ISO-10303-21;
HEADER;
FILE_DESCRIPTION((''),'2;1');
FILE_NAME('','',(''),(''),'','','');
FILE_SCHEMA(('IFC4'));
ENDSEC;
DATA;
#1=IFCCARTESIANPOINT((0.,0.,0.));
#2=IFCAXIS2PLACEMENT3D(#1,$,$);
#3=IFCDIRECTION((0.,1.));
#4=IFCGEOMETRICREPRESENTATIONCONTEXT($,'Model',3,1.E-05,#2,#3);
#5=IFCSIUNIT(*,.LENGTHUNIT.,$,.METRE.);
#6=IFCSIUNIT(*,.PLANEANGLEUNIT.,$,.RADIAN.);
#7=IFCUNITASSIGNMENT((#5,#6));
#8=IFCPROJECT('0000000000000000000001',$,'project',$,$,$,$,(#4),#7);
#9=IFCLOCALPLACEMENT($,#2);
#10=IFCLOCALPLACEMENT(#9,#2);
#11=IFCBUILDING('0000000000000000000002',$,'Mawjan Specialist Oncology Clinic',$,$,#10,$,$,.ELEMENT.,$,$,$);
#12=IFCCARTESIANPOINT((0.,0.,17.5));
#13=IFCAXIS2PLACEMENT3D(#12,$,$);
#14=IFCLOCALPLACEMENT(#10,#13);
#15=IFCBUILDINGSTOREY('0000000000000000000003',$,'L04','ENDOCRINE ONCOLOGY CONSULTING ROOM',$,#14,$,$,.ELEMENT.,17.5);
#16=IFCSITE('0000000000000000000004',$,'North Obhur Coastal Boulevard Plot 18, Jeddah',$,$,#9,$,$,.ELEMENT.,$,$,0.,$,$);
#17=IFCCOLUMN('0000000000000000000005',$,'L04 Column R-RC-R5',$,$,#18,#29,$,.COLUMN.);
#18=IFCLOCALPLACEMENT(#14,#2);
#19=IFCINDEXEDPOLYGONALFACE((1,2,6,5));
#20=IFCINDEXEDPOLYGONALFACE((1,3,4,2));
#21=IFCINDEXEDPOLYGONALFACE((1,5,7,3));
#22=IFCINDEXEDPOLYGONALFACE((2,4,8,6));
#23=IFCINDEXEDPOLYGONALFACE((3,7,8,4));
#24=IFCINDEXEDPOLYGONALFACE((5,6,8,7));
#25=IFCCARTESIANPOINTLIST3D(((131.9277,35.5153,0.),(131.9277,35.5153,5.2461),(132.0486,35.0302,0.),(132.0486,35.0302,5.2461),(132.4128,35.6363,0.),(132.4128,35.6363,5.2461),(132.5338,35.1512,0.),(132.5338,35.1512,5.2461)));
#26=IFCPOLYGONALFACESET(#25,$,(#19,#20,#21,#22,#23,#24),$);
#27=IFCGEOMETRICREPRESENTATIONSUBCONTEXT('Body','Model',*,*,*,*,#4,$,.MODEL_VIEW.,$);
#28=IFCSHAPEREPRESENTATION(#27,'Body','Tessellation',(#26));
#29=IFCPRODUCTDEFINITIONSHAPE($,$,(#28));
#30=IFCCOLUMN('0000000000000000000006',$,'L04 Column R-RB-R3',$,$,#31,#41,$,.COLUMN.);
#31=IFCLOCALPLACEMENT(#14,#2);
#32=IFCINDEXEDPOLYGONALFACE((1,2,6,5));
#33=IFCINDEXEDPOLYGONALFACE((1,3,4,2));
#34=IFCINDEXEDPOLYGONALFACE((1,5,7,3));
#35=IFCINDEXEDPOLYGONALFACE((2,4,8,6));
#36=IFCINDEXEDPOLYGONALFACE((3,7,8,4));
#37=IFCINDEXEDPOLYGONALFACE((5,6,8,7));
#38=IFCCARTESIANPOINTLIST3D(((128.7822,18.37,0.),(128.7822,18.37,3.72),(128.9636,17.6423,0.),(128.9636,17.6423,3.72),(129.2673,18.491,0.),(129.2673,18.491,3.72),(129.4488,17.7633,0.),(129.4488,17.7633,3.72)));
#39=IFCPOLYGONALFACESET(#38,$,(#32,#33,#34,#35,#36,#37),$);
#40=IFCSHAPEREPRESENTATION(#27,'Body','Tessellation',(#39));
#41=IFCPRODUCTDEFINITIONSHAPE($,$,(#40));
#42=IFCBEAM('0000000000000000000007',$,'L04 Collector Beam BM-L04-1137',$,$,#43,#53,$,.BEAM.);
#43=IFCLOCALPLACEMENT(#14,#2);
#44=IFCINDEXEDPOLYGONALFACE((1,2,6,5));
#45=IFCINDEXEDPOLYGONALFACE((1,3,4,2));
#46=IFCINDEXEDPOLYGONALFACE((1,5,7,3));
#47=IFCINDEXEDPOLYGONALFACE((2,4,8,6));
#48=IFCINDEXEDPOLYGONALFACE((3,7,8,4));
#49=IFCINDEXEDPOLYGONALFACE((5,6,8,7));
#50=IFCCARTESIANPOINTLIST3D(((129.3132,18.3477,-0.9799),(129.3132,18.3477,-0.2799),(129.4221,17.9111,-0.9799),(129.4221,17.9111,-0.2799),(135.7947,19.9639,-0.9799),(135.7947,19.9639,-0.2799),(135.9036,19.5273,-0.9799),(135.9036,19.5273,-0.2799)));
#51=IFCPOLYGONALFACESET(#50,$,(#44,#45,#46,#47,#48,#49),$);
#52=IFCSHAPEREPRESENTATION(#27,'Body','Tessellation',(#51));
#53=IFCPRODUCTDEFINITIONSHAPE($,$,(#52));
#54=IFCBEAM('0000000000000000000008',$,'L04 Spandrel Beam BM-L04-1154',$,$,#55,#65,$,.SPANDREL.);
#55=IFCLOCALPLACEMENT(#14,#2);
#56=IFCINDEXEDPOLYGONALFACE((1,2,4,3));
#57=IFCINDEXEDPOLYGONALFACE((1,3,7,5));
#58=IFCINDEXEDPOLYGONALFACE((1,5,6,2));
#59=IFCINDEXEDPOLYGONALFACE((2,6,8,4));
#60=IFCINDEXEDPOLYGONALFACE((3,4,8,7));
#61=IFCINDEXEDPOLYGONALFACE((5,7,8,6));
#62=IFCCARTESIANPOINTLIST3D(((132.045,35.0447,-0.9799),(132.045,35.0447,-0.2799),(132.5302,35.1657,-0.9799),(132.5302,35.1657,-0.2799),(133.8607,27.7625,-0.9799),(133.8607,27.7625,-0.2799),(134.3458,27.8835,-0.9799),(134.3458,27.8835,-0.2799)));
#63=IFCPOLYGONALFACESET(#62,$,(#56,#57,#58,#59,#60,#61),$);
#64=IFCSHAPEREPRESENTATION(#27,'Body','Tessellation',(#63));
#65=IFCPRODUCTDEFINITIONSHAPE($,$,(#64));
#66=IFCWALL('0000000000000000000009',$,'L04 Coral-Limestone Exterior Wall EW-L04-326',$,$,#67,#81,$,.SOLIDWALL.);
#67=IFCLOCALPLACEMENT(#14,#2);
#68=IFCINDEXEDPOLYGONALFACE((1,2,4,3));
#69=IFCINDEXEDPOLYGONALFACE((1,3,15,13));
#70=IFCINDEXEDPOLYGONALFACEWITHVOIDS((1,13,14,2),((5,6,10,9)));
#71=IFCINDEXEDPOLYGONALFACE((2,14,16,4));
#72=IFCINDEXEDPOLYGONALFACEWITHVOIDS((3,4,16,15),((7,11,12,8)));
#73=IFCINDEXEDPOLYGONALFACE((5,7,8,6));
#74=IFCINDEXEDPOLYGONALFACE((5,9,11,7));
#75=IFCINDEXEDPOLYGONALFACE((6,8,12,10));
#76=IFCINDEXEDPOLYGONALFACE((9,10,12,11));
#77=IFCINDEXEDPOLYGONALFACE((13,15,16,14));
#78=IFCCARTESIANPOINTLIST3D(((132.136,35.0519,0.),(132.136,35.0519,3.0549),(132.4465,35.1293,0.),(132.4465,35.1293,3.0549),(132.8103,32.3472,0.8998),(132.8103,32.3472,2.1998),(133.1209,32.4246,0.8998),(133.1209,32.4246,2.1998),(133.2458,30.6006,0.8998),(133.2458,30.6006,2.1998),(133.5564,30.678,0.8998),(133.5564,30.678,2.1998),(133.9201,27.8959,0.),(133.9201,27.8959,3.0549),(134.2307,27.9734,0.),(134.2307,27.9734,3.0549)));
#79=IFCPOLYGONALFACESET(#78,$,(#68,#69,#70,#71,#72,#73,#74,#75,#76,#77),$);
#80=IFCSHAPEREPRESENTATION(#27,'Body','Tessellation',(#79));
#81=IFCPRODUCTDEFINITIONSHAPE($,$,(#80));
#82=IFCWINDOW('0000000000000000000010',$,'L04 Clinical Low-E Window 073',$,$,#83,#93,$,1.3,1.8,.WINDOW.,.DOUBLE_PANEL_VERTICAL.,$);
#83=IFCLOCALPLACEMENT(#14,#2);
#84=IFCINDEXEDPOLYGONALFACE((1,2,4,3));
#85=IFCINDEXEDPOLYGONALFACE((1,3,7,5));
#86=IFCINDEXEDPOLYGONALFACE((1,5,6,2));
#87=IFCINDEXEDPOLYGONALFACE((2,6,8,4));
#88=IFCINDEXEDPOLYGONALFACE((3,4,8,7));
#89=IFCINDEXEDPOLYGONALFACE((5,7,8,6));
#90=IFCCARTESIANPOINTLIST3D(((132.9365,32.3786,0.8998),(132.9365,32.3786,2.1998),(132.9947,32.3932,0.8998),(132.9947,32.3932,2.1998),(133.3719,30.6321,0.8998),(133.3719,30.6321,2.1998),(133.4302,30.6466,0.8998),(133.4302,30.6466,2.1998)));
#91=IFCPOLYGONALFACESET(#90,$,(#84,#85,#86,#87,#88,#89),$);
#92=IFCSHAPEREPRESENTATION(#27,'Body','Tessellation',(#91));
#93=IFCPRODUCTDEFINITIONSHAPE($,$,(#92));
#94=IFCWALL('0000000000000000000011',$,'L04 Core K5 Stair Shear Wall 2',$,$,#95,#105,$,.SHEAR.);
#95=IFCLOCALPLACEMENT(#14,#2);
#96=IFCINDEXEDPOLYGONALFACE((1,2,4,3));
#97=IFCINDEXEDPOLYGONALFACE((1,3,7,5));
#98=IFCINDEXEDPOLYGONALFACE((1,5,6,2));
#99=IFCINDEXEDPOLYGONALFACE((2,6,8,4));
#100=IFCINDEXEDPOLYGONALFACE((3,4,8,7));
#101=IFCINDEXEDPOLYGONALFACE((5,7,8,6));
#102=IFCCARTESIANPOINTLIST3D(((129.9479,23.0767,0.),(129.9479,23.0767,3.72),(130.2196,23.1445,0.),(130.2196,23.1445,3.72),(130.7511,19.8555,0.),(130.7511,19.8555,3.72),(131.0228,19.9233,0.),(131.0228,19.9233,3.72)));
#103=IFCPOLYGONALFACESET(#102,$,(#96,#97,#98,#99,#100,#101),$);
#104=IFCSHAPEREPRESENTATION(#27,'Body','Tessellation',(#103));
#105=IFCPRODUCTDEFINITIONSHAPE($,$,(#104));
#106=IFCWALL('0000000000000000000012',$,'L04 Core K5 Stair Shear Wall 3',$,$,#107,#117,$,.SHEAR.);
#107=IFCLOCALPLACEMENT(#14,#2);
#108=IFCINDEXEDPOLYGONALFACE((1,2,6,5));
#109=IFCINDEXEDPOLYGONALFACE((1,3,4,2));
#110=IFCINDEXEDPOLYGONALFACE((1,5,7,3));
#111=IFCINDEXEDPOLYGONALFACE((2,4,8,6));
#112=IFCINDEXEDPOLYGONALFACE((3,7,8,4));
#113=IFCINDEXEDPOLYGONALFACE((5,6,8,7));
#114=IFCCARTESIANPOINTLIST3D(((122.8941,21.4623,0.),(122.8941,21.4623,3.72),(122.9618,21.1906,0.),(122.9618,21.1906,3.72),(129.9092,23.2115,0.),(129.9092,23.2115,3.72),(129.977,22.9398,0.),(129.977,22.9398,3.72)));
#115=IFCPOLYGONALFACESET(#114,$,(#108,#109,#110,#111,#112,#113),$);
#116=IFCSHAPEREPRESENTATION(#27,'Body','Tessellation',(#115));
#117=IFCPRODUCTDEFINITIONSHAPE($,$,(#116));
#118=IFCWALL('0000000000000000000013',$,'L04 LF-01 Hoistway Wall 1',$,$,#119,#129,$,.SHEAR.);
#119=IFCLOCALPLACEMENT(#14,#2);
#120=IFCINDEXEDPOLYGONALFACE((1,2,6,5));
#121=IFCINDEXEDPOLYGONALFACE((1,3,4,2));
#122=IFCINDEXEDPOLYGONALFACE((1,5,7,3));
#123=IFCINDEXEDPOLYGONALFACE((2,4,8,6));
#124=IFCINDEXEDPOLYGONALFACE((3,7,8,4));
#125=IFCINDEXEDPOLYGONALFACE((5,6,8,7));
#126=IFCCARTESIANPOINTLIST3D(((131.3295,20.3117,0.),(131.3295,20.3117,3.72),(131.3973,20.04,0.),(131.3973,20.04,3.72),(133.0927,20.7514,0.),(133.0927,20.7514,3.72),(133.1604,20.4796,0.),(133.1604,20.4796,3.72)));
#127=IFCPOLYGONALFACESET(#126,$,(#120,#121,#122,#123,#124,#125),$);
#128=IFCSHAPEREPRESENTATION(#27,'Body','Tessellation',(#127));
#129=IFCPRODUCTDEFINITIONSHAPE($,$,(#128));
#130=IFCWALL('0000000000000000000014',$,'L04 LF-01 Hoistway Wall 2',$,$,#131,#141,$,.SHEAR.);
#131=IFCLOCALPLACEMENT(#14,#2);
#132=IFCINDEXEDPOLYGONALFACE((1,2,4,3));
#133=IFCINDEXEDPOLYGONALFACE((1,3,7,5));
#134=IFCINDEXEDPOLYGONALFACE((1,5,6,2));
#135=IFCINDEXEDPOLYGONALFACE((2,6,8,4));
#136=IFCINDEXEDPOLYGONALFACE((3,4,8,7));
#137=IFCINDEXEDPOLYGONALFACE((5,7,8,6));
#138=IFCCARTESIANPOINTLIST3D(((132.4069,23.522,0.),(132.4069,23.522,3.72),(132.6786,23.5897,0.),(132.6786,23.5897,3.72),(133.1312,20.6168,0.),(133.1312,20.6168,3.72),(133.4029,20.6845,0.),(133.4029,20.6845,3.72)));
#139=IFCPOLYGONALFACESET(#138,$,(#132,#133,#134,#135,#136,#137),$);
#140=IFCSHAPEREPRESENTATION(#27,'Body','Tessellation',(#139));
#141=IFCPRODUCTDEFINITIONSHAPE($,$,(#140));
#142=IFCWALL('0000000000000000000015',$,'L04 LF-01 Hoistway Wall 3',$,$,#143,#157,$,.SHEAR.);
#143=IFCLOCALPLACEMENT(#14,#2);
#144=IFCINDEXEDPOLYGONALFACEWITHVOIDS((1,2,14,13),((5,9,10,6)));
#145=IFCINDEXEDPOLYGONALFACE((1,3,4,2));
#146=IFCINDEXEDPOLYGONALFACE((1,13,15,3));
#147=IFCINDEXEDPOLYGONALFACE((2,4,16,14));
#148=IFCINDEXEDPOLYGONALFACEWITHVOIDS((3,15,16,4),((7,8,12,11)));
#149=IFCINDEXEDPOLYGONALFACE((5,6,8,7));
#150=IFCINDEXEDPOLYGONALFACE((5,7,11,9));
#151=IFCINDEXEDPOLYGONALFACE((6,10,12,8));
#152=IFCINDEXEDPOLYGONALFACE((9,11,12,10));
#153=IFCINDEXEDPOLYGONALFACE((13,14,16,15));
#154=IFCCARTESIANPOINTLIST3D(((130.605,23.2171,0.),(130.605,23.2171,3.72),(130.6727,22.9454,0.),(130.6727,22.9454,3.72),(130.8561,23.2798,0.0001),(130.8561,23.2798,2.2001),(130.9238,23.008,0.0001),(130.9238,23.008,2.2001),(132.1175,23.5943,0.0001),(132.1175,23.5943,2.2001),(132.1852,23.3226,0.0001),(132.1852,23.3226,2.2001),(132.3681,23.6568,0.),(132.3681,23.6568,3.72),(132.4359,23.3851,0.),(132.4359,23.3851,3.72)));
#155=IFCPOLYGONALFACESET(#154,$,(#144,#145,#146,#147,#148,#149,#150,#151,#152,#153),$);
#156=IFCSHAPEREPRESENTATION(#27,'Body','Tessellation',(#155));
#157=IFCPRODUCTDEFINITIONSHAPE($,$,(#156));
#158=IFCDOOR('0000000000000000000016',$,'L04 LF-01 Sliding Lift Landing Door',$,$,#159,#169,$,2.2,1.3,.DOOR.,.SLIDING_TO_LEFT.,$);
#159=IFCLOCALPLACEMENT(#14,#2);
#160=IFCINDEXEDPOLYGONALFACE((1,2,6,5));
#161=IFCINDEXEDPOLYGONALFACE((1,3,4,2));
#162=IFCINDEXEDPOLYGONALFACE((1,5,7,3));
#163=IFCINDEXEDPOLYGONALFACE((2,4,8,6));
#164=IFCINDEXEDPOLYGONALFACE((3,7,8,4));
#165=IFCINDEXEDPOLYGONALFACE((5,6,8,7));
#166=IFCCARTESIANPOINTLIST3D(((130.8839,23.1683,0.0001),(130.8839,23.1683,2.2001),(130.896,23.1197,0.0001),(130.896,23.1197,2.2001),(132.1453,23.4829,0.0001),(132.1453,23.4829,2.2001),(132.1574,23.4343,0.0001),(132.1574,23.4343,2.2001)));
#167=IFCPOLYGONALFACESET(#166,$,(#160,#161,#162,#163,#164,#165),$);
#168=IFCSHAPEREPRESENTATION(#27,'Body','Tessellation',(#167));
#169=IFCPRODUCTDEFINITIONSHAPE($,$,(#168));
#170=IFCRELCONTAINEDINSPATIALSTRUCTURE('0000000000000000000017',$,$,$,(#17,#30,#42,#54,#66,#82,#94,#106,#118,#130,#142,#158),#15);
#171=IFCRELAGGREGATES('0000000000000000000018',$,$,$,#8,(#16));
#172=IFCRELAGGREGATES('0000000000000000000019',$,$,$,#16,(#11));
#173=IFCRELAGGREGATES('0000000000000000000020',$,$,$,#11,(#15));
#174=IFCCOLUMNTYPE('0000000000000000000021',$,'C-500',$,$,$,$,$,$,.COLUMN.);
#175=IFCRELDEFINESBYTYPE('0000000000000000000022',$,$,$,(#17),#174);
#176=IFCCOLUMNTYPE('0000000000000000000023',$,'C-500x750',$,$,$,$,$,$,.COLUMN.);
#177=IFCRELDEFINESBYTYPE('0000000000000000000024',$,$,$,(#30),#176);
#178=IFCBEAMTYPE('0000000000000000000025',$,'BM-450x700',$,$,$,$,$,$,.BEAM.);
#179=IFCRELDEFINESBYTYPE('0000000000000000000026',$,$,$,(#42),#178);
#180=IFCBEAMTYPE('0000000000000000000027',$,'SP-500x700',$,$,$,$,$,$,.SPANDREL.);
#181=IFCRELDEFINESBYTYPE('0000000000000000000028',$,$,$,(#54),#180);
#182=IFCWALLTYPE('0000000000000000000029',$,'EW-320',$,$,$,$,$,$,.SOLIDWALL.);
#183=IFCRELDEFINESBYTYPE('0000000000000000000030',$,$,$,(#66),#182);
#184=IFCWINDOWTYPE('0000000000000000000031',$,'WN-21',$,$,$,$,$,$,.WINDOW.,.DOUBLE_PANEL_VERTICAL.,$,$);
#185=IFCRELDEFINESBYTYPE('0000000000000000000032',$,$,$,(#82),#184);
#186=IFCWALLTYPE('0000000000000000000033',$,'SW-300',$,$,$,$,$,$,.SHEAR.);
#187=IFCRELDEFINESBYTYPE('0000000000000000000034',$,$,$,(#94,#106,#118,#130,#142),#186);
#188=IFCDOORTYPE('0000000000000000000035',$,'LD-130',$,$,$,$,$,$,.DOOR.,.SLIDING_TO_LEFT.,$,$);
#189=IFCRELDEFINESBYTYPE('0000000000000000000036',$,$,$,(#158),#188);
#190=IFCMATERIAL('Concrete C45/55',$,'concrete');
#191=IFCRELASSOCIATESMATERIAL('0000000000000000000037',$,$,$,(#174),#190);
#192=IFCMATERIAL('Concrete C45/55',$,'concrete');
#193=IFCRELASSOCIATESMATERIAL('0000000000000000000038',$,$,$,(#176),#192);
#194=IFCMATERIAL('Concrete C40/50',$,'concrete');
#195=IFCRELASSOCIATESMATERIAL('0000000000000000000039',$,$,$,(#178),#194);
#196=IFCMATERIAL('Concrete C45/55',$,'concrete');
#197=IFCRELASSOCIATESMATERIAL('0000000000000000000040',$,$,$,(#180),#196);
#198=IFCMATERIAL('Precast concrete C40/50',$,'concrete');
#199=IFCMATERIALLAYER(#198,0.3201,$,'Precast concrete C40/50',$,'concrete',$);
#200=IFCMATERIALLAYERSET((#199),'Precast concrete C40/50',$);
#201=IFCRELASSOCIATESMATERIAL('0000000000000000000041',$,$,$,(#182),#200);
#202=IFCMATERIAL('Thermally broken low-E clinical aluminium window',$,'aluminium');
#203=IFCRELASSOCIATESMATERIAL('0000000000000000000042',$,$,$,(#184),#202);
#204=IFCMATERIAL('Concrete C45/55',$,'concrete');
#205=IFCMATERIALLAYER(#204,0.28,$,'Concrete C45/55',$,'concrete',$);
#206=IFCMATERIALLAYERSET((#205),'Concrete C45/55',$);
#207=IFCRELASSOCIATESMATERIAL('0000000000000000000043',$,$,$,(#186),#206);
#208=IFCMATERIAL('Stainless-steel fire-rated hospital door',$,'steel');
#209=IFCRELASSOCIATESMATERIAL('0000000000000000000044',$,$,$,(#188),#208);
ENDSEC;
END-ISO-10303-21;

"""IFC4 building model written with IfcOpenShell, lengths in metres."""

from ifc_helpers import new_model, si_unit, direction, frame, frame_2d, origin, origin_2d, place, context, subcontext, project, spatial, rectangle, extrude, material, layer, layer_set, material_profile, profile_set, type_object, element, fill, save


model = new_model("IFC4")

# Units and contexts
model_context = context("Model", 3, precision=1e-05, world=origin(), true_north=direction((0.0, 1.0)))
body_context = subcontext(model_context, "Body", "Model", "MODEL_VIEW")
ifc_project = project(units=[si_unit("LENGTHUNIT", "METRE"), si_unit("PLANEANGLEUNIT", "RADIAN")], contexts=[model_context])

# Site, building, storey
site_placement = place(None, origin())
site = spatial("IfcSite", under=ifc_project, at=site_placement, Name="North Obhur Coastal Boulevard Plot 18, Jeddah", CompositionType="ELEMENT", RefElevation=0.0)
building_placement = place(site_placement, origin())
building = spatial("IfcBuilding", under=site, at=building_placement, Name="Mawjan Specialist Oncology Clinic", CompositionType="ELEMENT")
storey_placement = place(building_placement, frame((0.0, 0.0, 17.5)))
storey = spatial("IfcBuildingStorey", under=building, at=storey_placement, Name="L04", Description="ENDOCRINE ONCOLOGY CONSULTING ROOM", CompositionType="ELEMENT", Elevation=17.5)

# Columns
ifc_material_1 = material(Name="Concrete C45/55", Category="concrete")
ifc_material_profile_1 = material_profile(ifc_material_1, rectangle(XDim=0.5, YDim=0.5, at=origin_2d()), Name="RC COL 500x500", Category="concrete")
ifc_profile_set_1 = profile_set([ifc_material_profile_1], Name="Concrete C45/55")
column_type_1 = type_object("IfcColumnType", Name="C-500", PredefinedType="COLUMN", material=ifc_profile_set_1)
column_1_placement = place(storey_placement, frame((132.2307, 35.3333, 0.0), z_axis=(0.0, 0.0, 1.0), x_axis=(0.970296, 0.241922, 0.0)))
element("IfcColumn", 1, at=column_1_placement, inside=storey, type_object=column_type_1, Name="L04 Column R-RC-R5", PredefinedType="COLUMN", context=body_context, shape_type="SweptSolid", body=[
    extrude(rectangle(XDim=0.5, YDim=0.5, at=origin_2d()), origin(), (0.0, 0.0, 1.0), 5.2461),
])
ifc_material_2 = material(Name="Concrete C45/55", Category="concrete")
ifc_material_profile_2 = material_profile(ifc_material_2, rectangle(XDim=0.5, YDim=0.75, at=origin_2d()), Name="RC COL 500x750", Category="concrete")
ifc_profile_set_2 = profile_set([ifc_material_profile_2], Name="Concrete C45/55")
column_type_2 = type_object("IfcColumnType", Name="C-500x750", PredefinedType="COLUMN", material=ifc_profile_set_2)
column_2_placement = place(storey_placement, frame((129.1155, 18.0667, 0.0), z_axis=(0.0, 0.0, 1.0), x_axis=(0.970296, 0.241922, 0.0)))
element("IfcColumn", 2, at=column_2_placement, inside=storey, type_object=column_type_2, Name="L04 Column R-RB-R3", PredefinedType="COLUMN", context=body_context, shape_type="SweptSolid", body=[
    extrude(rectangle(XDim=0.5, YDim=0.75, at=origin_2d()), origin(), (0.0, 0.0, 1.0), 3.72),
])

# Beams
ifc_material_3 = material(Name="Concrete C40/50", Category="concrete")
ifc_material_profile_3 = material_profile(ifc_material_3, rectangle(XDim=0.45, YDim=0.7, at=origin_2d()), Name="RC BM 450x700", Category="concrete")
ifc_profile_set_3 = profile_set([ifc_material_profile_3], Name="Concrete C40/50")
beam_type_1 = type_object("IfcBeamType", Name="BM-450x700", PredefinedType="BEAM", material=ifc_profile_set_3)
beam_1_placement = place(storey_placement, frame((129.3677, 18.1294, -0.6299), z_axis=(0.970289, 0.241951, 0.0), x_axis=(-0.241951, 0.970289, 0.0)))
element("IfcBeam", 3, at=beam_1_placement, inside=storey, type_object=beam_type_1, Name="L04 Collector Beam BM-L04-1137", PredefinedType="BEAM", context=body_context, shape_type="SweptSolid", body=[
    extrude(rectangle(XDim=0.45, YDim=0.7, at=origin_2d()), origin(), (0.0, 0.0, 1.0), 6.6799),
])
ifc_material_4 = material(Name="Concrete C45/55", Category="concrete")
ifc_material_profile_4 = material_profile(ifc_material_4, rectangle(XDim=0.5, YDim=0.7, at=origin_2d()), Name="RC BM 500x700", Category="concrete")
ifc_profile_set_4 = profile_set([ifc_material_profile_4], Name="Concrete C45/55")
beam_type_2 = type_object("IfcBeamType", Name="SP-500x700", PredefinedType="SPANDREL", material=ifc_profile_set_4)
beam_2_placement = place(storey_placement, frame((134.1033, 27.823, -0.6299), z_axis=(-0.241923, 0.970295, 0.0), x_axis=(-0.970295, -0.241923, 0.0)))
element("IfcBeam", 4, at=beam_2_placement, inside=storey, type_object=beam_type_2, Name="L04 Spandrel Beam BM-L04-1154", PredefinedType="SPANDREL", context=body_context, shape_type="SweptSolid", body=[
    extrude(rectangle(XDim=0.5, YDim=0.7, at=origin_2d()), origin(), (0.0, 0.0, 1.0), 7.5051),
])

# Wall, opening, window
ifc_material_5 = material(Name="Precast concrete C40/50", Category="concrete")
ifc_layer_1 = layer(ifc_material_5, 0.3201, Name="Precast concrete C40/50", Category="concrete")
ifc_layer_set_1 = layer_set([ifc_layer_1], Name="Precast concrete C40/50")
wall_type_1 = type_object("IfcWallType", Name="EW-320", PredefinedType="SOLIDWALL", material=ifc_layer_set_1)
wall_1_placement = place(storey_placement, frame((132.2913, 35.0906, 0.0), z_axis=(0.0, 0.0, 1.0), x_axis=(0.24192, -0.970296, 0.0)))
wall_1 = element("IfcWall", 5, at=wall_1_placement, inside=storey, type_object=wall_type_1, Name="L04 Coral-Limestone Exterior Wall EW-L04-326", PredefinedType="SOLIDWALL", context=body_context, shape_type="SweptSolid", body=[
    extrude(rectangle(XDim=7.375, YDim=0.3201, at=frame_2d((3.6875, 0.0))), origin(), (0.0, 0.0, 1.0), 3.0549),
])
opening_1_placement = place(wall_1_placement, frame((2.7876, 0.0, 0.8999)))
opening_1 = element("IfcOpeningElement", 6, at=opening_1_placement, cuts=wall_1, PredefinedType="OPENING", context=body_context, shape_type="SweptSolid", body=[
    extrude(rectangle(XDim=1.8, YDim=1.3, at=frame_2d((0.8999, 0.6499))), frame((0.0, 0.1721, 0.0), z_axis=(0.0, -1.0, 0.0), x_axis=(1.0, 0.0, 0.0)), (0.0, 0.0, 1.0), 0.344),
])
ifc_material_6 = material(Name="Thermally broken low-E clinical aluminium window", Category="aluminium")
window_type = type_object("IfcWindowType", Name="WN-21", PartitioningType="DOUBLE_PANEL_VERTICAL", PredefinedType="WINDOW", material=ifc_material_6)
window_placement = place(opening_1_placement, origin())
window = element("IfcWindow", 7, at=window_placement, inside=storey, type_object=window_type, Name="L04 Clinical Low-E Window 073", OverallHeight=1.3, OverallWidth=1.8, PartitioningType="DOUBLE_PANEL_VERTICAL", PredefinedType="WINDOW", context=body_context, shape_type="SweptSolid", body=[
    extrude(rectangle(XDim=1.8, YDim=1.3, at=frame_2d((0.8999, 0.6499))), frame((0.0, 0.03, 0.0), z_axis=(0.0, -1.0, 0.0), x_axis=(1.0, 0.0, 0.0)), (0.0, 0.0, 1.0), 0.0601),
])
fill(opening_1, window)

# Walls
ifc_material_7 = material(Name="Concrete C45/55", Category="concrete")
ifc_layer_2 = layer(ifc_material_7, 0.28, Name="Concrete C45/55", Category="concrete")
ifc_layer_set_2 = layer_set([ifc_layer_2], Name="Concrete C45/55")
wall_type_2 = type_object("IfcWallType", Name="SW-300", PredefinedType="SHEAR", material=ifc_layer_set_2)
wall_2_placement = place(storey_placement, frame((130.887, 19.8894, 0.0), z_axis=(0.0, 0.0, 1.0), x_axis=(-0.241947, 0.970289, 0.0)))
element("IfcWall", 8, at=wall_2_placement, inside=storey, type_object=wall_type_2, Name="L04 Core K5 Stair Shear Wall 2", PredefinedType="SHEAR", context=body_context, shape_type="SweptSolid", body=[
    extrude(rectangle(XDim=3.3198, YDim=0.28, at=frame_2d((1.6599, 0.0))), origin(), (0.0, 0.0, 1.0), 3.72),
])
wall_3_placement = place(storey_placement, frame((129.9431, 23.0757, 0.0), z_axis=(0.0, 0.0, 1.0), x_axis=(-0.970289, -0.241948, 0.0)))
element("IfcWall", 9, at=wall_3_placement, inside=storey, type_object=wall_type_2, Name="L04 Core K5 Stair Shear Wall 3", PredefinedType="SHEAR", context=body_context, shape_type="SweptSolid", body=[
    extrude(rectangle(XDim=7.23, YDim=0.28, at=frame_2d((3.615, 0.0))), origin(), (0.0, 0.0, 1.0), 3.72),
])
wall_4_placement = place(storey_placement, frame((131.3633, 20.1758, 0.0), z_axis=(0.0, 0.0, 1.0), x_axis=(0.970285, 0.241967, 0.0)))
element("IfcWall", 10, at=wall_4_placement, inside=storey, type_object=wall_type_2, Name="L04 LF-01 Hoistway Wall 1", PredefinedType="SHEAR", context=body_context, shape_type="SweptSolid", body=[
    extrude(rectangle(XDim=1.8171, YDim=0.28, at=frame_2d((0.9087, 0.0))), origin(), (0.0, 0.0, 1.0), 3.72),
])
wall_5_placement = place(storey_placement, frame((133.2671, 20.6506, 0.0), z_axis=(0.0, 0.0, 1.0), x_axis=(-0.241922, 0.970296, 0.0)))
element("IfcWall", 11, at=wall_5_placement, inside=storey, type_object=wall_type_2, Name="L04 LF-01 Hoistway Wall 2", PredefinedType="SHEAR", context=body_context, shape_type="SweptSolid", body=[
    extrude(rectangle(XDim=2.9941, YDim=0.28, at=frame_2d((1.4971, 0.0))), origin(), (0.0, 0.0, 1.0), 3.72),
])

# Wall, opening, door
wall_6_placement = place(storey_placement, frame((132.4021, 23.521, 0.0), z_axis=(0.0, 0.0, 1.0), x_axis=(-0.970285, -0.241967, 0.0)))
wall_6 = element("IfcWall", 12, at=wall_6_placement, inside=storey, type_object=wall_type_2, Name="L04 LF-01 Hoistway Wall 3", PredefinedType="SHEAR", context=body_context, shape_type="SweptSolid", body=[
    extrude(rectangle(XDim=1.8171, YDim=0.28, at=frame_2d((0.9087, 0.0))), origin(), (0.0, 0.0, 1.0), 3.72),
])
opening_2_placement = place(wall_6_placement, frame((0.2585, 0.0, 0.0)))
opening_2 = element("IfcOpeningElement", 13, at=opening_2_placement, cuts=wall_6, PredefinedType="OPENING", context=body_context, shape_type="SweptSolid", body=[
    extrude(rectangle(XDim=1.3, YDim=2.2, at=frame_2d((0.6499, 1.1001))), frame((0.0, 0.1521, 0.0), z_axis=(0.0, -1.0, 0.0), x_axis=(1.0, 0.0, 0.0)), (0.0, 0.0, 1.0), 0.304),
])
ifc_material_8 = material(Name="Stainless-steel fire-rated hospital door", Category="steel")
door_type_1 = type_object("IfcDoorType", Name="LD-130", OperationType="SLIDING_TO_LEFT", PredefinedType="DOOR", material=ifc_material_8)
door_1_placement = place(opening_2_placement, origin())
door_1 = element("IfcDoor", 14, at=door_1_placement, inside=storey, type_object=door_type_1, Name="L04 LF-01 Sliding Lift Landing Door", OperationType="SLIDING_TO_LEFT", OverallHeight=2.2, OverallWidth=1.3, PredefinedType="DOOR", context=body_context, shape_type="SweptSolid", body=[
    extrude(rectangle(XDim=1.3, YDim=2.2, at=frame_2d((0.6499, 1.1001))), frame((0.0, 0.0249, 0.0), z_axis=(0.0, -1.0, 0.0), x_axis=(1.0, 0.0, 0.0)), (0.0, 0.0, 1.0), 0.05),
])
fill(opening_2, door_1)

save(model, "model.ifc")
